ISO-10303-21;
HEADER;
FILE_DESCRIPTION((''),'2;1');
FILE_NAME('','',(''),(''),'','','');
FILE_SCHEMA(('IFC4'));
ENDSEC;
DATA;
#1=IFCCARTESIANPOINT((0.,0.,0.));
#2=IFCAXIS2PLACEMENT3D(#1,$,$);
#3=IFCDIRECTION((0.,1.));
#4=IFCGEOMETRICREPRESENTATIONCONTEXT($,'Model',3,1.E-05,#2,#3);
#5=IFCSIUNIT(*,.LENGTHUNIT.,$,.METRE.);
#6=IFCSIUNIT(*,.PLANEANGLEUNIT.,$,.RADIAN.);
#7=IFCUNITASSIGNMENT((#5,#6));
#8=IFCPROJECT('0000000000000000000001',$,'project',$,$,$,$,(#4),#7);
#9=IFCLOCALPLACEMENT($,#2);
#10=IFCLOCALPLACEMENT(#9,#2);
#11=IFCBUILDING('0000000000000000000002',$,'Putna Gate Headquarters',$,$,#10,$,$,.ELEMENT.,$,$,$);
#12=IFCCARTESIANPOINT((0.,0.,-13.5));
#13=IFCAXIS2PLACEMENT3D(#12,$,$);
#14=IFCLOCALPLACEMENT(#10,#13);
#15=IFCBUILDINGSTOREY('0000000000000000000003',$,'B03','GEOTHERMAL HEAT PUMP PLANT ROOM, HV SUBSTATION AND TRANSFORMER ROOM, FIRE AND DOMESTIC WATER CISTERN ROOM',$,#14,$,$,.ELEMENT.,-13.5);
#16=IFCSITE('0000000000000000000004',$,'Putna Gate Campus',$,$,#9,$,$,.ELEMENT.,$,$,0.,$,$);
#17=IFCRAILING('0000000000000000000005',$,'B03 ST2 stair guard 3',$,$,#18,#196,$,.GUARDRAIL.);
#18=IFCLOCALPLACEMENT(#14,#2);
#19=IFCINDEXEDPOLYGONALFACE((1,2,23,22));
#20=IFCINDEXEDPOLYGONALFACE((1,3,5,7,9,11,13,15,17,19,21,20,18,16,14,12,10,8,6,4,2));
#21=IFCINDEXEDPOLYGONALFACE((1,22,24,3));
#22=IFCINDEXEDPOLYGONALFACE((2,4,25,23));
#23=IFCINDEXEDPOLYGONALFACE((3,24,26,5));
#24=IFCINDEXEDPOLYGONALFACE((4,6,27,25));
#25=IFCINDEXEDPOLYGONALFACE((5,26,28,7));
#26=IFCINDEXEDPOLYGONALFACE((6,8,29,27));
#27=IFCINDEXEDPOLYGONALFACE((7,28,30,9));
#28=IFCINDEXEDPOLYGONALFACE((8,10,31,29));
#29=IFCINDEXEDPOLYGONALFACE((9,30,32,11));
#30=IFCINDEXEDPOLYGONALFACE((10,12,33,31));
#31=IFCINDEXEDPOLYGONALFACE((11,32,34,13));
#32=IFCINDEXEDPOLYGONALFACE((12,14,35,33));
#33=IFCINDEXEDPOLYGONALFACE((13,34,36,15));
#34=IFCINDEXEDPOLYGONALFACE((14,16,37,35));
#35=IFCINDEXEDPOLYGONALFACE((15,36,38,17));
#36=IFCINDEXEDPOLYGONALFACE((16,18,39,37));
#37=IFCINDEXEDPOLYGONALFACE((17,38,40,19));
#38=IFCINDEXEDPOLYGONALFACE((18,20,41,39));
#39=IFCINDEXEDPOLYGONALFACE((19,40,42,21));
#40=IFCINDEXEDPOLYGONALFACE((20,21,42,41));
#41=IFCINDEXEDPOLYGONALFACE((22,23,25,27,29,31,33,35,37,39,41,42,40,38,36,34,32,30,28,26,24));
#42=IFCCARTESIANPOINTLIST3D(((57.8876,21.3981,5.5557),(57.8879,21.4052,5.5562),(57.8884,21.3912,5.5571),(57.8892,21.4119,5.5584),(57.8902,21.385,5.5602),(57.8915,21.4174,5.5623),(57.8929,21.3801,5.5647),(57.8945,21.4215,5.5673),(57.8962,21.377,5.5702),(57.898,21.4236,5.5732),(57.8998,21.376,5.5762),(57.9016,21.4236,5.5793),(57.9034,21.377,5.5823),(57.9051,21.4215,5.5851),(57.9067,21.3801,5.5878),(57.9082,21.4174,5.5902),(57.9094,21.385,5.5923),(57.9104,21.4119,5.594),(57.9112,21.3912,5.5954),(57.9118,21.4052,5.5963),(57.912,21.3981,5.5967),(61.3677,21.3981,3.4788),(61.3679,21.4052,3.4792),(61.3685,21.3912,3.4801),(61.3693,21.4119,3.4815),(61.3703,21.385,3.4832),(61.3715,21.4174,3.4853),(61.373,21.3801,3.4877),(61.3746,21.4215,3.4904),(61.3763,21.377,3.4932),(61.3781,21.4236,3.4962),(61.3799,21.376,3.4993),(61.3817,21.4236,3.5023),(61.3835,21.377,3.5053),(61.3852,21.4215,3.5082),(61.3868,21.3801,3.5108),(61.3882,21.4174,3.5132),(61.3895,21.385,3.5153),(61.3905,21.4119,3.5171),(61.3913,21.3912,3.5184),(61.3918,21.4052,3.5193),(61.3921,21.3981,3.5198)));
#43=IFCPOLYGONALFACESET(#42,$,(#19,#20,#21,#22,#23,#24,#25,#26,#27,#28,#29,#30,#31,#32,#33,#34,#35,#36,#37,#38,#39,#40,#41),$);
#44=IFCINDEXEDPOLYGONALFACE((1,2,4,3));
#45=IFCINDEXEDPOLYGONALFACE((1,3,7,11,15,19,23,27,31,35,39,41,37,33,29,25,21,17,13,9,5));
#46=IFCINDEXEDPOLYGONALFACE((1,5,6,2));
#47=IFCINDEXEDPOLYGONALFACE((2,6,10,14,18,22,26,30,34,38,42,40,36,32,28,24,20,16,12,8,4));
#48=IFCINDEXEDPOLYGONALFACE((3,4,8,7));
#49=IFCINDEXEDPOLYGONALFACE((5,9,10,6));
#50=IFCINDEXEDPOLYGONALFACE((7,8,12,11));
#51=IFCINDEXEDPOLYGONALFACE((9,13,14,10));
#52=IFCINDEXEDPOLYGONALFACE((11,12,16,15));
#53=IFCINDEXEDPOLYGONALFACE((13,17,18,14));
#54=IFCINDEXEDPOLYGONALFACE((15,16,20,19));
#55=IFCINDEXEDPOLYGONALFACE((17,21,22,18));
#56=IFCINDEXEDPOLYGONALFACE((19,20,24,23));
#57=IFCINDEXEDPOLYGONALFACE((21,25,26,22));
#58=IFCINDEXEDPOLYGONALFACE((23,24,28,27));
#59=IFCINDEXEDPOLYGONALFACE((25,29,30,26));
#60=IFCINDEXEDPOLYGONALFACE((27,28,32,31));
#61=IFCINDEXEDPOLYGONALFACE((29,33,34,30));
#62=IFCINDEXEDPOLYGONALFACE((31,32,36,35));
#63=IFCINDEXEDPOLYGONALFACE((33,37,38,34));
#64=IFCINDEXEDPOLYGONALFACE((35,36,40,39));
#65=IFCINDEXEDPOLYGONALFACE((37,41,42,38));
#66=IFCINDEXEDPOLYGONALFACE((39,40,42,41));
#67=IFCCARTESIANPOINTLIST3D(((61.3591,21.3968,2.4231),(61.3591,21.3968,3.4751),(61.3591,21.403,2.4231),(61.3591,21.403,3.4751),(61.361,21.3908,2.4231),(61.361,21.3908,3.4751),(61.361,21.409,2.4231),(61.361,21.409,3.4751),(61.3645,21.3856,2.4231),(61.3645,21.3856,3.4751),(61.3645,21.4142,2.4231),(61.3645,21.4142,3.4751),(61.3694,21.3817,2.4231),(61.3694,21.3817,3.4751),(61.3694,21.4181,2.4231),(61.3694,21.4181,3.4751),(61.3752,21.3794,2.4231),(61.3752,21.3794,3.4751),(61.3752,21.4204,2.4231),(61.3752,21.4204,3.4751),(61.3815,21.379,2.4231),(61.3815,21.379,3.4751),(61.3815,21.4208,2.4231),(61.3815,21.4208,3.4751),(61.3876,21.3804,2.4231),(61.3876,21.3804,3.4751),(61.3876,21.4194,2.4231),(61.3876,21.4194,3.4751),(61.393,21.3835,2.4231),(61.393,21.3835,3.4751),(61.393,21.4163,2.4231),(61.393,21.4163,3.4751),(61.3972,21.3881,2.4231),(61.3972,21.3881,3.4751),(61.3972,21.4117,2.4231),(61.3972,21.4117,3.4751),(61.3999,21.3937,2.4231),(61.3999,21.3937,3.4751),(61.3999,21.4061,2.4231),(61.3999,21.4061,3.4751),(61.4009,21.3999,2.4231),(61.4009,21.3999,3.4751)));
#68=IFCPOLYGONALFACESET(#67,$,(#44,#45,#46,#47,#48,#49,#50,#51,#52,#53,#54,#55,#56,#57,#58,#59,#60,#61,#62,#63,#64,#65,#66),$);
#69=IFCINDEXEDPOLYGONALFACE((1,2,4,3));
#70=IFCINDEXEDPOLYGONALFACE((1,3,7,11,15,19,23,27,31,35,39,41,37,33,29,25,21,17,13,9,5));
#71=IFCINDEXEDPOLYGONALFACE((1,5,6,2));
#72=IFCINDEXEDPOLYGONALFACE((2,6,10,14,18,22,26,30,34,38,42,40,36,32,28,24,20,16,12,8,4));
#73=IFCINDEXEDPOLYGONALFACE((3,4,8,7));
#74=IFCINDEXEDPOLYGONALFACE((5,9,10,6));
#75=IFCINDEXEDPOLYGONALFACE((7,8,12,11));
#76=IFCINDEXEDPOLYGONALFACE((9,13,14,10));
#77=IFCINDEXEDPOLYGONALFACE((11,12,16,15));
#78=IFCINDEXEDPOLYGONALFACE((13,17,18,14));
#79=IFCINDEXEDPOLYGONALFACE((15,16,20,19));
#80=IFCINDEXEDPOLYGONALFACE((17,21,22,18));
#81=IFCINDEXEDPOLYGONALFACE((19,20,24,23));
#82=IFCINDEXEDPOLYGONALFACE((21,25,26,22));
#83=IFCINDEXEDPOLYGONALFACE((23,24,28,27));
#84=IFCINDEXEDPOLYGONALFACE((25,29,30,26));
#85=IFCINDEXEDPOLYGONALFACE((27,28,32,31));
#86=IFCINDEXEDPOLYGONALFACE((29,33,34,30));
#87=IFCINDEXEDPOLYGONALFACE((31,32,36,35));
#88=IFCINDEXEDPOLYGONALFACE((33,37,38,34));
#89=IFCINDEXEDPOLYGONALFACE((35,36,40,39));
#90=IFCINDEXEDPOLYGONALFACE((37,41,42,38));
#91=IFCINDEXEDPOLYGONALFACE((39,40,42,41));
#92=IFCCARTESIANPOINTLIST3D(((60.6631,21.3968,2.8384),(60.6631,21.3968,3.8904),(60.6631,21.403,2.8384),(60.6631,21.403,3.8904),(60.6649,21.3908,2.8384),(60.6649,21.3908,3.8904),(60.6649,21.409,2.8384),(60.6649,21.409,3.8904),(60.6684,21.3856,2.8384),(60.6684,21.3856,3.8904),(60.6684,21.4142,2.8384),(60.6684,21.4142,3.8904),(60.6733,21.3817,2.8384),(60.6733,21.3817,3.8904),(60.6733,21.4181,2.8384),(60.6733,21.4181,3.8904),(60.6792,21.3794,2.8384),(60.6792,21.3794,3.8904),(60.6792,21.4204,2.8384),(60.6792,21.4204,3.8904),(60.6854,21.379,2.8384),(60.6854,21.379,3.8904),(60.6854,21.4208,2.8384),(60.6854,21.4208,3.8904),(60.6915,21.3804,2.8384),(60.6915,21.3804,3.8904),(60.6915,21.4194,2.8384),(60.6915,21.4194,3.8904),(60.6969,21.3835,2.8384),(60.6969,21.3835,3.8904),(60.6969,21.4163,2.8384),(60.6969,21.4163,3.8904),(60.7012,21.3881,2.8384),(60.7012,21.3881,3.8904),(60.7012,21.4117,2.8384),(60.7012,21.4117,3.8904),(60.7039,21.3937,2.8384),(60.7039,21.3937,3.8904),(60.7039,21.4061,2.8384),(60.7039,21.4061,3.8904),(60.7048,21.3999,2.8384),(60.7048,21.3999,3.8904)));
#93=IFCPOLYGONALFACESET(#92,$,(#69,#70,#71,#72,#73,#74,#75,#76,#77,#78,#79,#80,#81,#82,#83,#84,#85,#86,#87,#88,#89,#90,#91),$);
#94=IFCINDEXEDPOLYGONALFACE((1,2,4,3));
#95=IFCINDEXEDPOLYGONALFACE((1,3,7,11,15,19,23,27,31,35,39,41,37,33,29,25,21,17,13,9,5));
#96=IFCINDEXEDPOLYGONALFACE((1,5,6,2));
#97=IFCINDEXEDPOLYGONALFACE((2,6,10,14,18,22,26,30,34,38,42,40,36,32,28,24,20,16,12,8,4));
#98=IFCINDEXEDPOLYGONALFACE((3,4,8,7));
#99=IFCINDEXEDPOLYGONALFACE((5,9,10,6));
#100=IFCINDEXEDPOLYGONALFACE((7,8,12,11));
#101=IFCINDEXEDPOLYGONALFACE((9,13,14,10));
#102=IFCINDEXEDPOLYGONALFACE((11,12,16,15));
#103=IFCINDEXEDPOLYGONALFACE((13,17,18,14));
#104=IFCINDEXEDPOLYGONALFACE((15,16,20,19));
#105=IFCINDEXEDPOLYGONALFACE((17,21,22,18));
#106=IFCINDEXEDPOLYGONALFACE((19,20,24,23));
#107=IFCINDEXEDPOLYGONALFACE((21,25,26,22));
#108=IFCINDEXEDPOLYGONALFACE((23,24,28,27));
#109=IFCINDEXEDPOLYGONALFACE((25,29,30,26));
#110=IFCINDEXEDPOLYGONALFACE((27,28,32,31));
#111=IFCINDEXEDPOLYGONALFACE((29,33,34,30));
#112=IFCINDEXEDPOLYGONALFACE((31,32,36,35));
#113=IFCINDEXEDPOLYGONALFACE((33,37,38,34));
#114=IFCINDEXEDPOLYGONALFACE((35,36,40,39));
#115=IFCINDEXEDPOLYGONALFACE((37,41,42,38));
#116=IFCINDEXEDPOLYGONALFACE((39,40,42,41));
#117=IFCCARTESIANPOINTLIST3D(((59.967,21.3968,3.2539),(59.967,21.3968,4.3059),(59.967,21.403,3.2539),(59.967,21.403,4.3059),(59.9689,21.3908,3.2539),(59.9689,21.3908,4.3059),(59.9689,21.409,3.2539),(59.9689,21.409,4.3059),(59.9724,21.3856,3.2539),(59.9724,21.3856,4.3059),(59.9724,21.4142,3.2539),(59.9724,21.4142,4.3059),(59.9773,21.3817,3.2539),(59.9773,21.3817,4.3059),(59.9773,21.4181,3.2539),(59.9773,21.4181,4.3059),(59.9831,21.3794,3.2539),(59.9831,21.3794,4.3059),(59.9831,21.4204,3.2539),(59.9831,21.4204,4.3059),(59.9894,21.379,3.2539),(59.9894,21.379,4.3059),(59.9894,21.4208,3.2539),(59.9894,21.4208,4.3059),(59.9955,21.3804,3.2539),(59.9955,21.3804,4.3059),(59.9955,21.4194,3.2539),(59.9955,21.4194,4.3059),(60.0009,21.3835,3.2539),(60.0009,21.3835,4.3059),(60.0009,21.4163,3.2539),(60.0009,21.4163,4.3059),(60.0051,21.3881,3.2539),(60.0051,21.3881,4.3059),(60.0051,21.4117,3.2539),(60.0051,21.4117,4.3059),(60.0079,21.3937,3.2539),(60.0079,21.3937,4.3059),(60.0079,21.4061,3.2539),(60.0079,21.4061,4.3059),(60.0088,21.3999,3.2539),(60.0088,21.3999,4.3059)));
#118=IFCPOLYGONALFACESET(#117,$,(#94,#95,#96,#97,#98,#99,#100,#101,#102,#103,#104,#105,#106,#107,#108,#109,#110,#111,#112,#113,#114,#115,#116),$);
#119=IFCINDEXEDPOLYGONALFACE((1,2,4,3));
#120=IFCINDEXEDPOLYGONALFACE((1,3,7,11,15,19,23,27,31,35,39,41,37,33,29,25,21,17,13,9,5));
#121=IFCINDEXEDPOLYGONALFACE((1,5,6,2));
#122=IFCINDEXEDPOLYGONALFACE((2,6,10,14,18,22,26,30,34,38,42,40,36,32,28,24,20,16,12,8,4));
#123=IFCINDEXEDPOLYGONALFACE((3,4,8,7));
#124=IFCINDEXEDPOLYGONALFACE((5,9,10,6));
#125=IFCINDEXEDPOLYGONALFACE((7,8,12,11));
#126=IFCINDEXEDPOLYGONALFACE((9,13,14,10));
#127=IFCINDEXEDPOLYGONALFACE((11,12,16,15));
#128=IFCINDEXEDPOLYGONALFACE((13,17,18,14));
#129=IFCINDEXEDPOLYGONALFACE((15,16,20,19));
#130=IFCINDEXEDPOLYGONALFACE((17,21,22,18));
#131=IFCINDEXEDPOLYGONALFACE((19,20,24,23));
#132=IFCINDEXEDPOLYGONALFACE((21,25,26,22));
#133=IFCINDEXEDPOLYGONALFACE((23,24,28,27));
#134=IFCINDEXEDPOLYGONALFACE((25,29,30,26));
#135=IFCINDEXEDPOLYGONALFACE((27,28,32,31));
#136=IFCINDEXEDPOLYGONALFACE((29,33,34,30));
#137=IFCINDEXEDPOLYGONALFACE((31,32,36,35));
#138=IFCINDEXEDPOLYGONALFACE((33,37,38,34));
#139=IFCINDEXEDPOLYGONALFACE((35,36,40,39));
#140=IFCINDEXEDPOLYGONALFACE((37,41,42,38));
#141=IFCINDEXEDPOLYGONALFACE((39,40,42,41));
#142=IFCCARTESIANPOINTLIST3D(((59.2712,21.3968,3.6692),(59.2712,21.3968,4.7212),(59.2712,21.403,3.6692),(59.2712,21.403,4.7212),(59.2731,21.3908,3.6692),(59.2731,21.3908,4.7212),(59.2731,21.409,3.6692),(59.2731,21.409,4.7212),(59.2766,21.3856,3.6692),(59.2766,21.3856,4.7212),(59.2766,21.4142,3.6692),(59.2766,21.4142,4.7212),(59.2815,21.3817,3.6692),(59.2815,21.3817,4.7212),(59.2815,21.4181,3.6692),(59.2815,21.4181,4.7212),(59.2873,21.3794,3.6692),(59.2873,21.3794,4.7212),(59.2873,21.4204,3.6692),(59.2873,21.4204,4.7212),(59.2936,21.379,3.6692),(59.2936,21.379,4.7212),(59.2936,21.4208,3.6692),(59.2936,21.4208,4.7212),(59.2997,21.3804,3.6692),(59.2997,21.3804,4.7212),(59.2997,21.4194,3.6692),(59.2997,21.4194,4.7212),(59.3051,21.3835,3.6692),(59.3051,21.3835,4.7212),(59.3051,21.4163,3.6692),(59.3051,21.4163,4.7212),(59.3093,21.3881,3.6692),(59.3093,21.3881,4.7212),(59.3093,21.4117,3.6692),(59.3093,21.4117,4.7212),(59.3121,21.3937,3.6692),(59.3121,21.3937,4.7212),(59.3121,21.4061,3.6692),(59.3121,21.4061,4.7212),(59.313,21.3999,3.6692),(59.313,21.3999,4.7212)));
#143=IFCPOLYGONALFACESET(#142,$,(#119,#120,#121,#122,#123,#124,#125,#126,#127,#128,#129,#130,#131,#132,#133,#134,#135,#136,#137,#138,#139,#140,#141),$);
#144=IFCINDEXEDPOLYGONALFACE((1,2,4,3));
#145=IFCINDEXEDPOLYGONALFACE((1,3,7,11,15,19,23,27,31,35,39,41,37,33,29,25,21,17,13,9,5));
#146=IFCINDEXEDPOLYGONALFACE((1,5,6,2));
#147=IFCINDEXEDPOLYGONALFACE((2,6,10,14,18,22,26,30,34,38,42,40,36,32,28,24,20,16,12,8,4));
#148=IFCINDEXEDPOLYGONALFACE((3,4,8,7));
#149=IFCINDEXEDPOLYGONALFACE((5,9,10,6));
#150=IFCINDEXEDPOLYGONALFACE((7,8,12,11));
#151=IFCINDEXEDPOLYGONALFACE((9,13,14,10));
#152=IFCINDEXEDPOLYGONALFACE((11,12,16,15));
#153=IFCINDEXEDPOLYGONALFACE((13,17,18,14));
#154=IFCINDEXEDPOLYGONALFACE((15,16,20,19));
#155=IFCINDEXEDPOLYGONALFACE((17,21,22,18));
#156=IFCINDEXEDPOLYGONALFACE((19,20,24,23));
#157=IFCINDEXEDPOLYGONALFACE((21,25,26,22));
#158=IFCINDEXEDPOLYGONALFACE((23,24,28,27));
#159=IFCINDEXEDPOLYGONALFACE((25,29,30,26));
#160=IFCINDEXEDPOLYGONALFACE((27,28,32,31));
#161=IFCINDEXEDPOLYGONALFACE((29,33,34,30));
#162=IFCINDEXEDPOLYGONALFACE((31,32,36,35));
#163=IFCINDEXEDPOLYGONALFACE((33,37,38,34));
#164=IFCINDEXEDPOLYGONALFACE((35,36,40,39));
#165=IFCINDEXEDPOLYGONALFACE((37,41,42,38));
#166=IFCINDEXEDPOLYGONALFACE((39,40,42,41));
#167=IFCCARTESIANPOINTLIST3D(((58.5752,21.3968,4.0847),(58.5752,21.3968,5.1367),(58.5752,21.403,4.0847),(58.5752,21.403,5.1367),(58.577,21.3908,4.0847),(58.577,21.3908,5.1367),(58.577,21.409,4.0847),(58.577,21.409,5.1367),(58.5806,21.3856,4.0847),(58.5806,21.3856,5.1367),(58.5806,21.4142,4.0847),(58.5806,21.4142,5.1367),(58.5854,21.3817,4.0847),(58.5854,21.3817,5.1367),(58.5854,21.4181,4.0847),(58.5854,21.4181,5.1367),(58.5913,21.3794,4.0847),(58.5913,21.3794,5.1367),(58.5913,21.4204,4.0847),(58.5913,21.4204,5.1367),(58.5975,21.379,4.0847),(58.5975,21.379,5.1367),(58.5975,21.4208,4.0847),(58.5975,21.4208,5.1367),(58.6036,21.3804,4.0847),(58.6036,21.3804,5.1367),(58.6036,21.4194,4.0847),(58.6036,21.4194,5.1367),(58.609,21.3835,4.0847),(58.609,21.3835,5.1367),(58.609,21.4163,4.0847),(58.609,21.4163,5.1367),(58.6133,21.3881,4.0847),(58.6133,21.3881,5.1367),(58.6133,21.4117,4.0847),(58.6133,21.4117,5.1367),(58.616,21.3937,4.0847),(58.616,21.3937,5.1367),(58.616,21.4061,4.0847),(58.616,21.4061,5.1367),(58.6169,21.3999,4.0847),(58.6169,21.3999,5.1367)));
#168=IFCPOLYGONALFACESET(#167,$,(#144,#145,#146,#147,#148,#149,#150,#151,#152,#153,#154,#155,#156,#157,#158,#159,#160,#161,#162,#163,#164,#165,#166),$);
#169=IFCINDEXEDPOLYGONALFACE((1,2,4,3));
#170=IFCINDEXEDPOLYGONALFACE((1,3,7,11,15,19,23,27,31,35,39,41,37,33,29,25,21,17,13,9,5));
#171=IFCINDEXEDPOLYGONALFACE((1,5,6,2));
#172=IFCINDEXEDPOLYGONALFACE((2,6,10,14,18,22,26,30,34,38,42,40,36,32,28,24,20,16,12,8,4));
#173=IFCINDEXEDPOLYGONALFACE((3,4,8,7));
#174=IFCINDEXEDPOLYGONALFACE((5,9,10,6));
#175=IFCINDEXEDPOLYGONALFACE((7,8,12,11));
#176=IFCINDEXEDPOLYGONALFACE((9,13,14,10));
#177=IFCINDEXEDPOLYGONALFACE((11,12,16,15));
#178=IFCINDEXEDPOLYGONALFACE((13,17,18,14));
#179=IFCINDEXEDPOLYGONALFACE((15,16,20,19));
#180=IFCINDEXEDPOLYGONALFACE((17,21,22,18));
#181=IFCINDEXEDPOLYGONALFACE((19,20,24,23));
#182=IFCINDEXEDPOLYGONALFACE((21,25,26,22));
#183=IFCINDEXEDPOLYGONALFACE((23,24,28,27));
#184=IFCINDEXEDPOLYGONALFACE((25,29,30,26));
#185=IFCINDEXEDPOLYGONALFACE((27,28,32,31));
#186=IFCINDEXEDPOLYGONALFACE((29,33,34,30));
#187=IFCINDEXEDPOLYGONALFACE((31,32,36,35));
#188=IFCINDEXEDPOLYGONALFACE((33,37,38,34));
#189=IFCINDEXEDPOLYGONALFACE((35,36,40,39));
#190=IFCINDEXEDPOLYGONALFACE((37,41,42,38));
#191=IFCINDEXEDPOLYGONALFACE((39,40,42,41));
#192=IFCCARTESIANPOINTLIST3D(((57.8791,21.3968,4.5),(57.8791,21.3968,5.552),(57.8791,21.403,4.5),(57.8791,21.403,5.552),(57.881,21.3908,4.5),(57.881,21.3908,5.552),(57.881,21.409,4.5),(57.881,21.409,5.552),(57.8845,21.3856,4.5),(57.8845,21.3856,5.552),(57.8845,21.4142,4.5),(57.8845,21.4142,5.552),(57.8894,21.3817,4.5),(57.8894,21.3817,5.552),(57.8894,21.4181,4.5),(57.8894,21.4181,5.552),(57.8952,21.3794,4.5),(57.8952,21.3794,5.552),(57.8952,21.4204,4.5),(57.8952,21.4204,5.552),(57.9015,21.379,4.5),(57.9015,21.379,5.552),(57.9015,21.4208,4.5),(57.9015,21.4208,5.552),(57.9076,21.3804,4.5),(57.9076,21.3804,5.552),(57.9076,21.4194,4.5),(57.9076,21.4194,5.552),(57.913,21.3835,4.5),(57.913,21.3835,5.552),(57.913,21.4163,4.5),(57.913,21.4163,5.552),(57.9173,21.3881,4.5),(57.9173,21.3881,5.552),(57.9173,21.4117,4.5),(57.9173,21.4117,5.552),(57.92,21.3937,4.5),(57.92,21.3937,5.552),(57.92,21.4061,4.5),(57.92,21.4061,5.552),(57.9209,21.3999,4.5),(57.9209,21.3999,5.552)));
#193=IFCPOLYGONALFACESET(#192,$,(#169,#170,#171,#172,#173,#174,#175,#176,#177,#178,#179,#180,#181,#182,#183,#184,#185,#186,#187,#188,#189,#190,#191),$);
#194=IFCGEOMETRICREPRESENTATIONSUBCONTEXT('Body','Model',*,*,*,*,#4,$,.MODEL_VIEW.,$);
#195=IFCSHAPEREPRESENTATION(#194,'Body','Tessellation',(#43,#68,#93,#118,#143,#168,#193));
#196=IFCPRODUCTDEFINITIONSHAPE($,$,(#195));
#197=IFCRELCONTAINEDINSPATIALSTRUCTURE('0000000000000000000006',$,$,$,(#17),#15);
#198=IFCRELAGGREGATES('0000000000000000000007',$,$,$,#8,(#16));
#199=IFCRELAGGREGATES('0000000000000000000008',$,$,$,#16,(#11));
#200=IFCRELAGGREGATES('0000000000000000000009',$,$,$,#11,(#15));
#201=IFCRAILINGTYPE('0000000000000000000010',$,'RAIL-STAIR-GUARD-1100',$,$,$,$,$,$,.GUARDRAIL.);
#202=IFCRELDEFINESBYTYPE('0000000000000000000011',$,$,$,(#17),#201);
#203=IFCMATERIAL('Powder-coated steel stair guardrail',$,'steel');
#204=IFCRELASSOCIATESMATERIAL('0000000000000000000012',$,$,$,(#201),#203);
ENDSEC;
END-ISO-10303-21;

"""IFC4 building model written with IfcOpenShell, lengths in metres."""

from ifc_helpers import new_model, si_unit, direction, frame, origin, origin_2d, place, context, subcontext, project, spatial, circle, extrude, material, type_object, element, save


model = new_model("IFC4")

# Units and contexts
model_context = context("Model", 3, precision=1e-05, world=origin(), true_north=direction((0.0, 1.0)))
body_context = subcontext(model_context, "Body", "Model", "MODEL_VIEW")
ifc_project = project(units=[si_unit("LENGTHUNIT", "METRE"), si_unit("PLANEANGLEUNIT", "RADIAN")], contexts=[model_context])

# Site, building, storey
site_placement = place(None, origin())
site = spatial("IfcSite", under=ifc_project, at=site_placement, Name="Putna Gate Campus", CompositionType="ELEMENT", RefElevation=0.0)
building_placement = place(site_placement, origin())
building = spatial("IfcBuilding", under=site, at=building_placement, Name="Putna Gate Headquarters", CompositionType="ELEMENT")
storey_placement = place(building_placement, frame((0.0, 0.0, -13.5)))
storey = spatial("IfcBuildingStorey", under=building, at=storey_placement, Name="B03", Description="GEOTHERMAL HEAT PUMP PLANT ROOM, HV SUBSTATION AND TRANSFORMER ROOM, FIRE AND DOMESTIC WATER CISTERN ROOM", CompositionType="ELEMENT", Elevation=-13.5)

# Railing
ifc_material_1 = material(Name="Powder-coated steel stair guardrail", Category="steel")
railing_type_1 = type_object("IfcRailingType", Name="RAIL-STAIR-GUARD-1100", PredefinedType="GUARDRAIL", material=ifc_material_1)
railing_1_placement = place(storey_placement, frame((61.3799, 21.3999, 2.4231)))
element("IfcRailing", 1, at=railing_1_placement, inside=storey, type_object=railing_type_1, Name="B03 ST2 stair guard 3", PredefinedType="GUARDRAIL", context=body_context, shape_type="SweptSolid", body=[
    extrude(circle(Radius=0.0239, at=origin_2d()), frame((0.0, 0.0, 1.0762), z_axis=(-0.858697, 0.0, 0.512483), x_axis=(0.0, -1.0, 0.0)), (0.0, 0.0, 1.0), 4.0527),
    extrude(circle(Radius=0.021, at=origin_2d()), origin(), (0.0, 0.0, 1.0), 1.052),
    extrude(circle(Radius=0.021, at=origin_2d()), frame((-0.696, 0.0, 0.4153)), (0.0, 0.0, 1.0), 1.052),
    extrude(circle(Radius=0.021, at=origin_2d()), frame((-1.3921, 0.0, 0.8308)), (0.0, 0.0, 1.0), 1.052),
    extrude(circle(Radius=0.021, at=origin_2d()), frame((-2.0879, 0.0, 1.2461)), (0.0, 0.0, 1.0), 1.052),
    extrude(circle(Radius=0.021, at=origin_2d()), frame((-2.7839, 0.0, 1.6616)), (0.0, 0.0, 1.0), 1.052),
    extrude(circle(Radius=0.021, at=origin_2d()), frame((-3.48, 0.0, 2.0769)), (0.0, 0.0, 1.0), 1.052),
])

save(model, "model.ifc")
